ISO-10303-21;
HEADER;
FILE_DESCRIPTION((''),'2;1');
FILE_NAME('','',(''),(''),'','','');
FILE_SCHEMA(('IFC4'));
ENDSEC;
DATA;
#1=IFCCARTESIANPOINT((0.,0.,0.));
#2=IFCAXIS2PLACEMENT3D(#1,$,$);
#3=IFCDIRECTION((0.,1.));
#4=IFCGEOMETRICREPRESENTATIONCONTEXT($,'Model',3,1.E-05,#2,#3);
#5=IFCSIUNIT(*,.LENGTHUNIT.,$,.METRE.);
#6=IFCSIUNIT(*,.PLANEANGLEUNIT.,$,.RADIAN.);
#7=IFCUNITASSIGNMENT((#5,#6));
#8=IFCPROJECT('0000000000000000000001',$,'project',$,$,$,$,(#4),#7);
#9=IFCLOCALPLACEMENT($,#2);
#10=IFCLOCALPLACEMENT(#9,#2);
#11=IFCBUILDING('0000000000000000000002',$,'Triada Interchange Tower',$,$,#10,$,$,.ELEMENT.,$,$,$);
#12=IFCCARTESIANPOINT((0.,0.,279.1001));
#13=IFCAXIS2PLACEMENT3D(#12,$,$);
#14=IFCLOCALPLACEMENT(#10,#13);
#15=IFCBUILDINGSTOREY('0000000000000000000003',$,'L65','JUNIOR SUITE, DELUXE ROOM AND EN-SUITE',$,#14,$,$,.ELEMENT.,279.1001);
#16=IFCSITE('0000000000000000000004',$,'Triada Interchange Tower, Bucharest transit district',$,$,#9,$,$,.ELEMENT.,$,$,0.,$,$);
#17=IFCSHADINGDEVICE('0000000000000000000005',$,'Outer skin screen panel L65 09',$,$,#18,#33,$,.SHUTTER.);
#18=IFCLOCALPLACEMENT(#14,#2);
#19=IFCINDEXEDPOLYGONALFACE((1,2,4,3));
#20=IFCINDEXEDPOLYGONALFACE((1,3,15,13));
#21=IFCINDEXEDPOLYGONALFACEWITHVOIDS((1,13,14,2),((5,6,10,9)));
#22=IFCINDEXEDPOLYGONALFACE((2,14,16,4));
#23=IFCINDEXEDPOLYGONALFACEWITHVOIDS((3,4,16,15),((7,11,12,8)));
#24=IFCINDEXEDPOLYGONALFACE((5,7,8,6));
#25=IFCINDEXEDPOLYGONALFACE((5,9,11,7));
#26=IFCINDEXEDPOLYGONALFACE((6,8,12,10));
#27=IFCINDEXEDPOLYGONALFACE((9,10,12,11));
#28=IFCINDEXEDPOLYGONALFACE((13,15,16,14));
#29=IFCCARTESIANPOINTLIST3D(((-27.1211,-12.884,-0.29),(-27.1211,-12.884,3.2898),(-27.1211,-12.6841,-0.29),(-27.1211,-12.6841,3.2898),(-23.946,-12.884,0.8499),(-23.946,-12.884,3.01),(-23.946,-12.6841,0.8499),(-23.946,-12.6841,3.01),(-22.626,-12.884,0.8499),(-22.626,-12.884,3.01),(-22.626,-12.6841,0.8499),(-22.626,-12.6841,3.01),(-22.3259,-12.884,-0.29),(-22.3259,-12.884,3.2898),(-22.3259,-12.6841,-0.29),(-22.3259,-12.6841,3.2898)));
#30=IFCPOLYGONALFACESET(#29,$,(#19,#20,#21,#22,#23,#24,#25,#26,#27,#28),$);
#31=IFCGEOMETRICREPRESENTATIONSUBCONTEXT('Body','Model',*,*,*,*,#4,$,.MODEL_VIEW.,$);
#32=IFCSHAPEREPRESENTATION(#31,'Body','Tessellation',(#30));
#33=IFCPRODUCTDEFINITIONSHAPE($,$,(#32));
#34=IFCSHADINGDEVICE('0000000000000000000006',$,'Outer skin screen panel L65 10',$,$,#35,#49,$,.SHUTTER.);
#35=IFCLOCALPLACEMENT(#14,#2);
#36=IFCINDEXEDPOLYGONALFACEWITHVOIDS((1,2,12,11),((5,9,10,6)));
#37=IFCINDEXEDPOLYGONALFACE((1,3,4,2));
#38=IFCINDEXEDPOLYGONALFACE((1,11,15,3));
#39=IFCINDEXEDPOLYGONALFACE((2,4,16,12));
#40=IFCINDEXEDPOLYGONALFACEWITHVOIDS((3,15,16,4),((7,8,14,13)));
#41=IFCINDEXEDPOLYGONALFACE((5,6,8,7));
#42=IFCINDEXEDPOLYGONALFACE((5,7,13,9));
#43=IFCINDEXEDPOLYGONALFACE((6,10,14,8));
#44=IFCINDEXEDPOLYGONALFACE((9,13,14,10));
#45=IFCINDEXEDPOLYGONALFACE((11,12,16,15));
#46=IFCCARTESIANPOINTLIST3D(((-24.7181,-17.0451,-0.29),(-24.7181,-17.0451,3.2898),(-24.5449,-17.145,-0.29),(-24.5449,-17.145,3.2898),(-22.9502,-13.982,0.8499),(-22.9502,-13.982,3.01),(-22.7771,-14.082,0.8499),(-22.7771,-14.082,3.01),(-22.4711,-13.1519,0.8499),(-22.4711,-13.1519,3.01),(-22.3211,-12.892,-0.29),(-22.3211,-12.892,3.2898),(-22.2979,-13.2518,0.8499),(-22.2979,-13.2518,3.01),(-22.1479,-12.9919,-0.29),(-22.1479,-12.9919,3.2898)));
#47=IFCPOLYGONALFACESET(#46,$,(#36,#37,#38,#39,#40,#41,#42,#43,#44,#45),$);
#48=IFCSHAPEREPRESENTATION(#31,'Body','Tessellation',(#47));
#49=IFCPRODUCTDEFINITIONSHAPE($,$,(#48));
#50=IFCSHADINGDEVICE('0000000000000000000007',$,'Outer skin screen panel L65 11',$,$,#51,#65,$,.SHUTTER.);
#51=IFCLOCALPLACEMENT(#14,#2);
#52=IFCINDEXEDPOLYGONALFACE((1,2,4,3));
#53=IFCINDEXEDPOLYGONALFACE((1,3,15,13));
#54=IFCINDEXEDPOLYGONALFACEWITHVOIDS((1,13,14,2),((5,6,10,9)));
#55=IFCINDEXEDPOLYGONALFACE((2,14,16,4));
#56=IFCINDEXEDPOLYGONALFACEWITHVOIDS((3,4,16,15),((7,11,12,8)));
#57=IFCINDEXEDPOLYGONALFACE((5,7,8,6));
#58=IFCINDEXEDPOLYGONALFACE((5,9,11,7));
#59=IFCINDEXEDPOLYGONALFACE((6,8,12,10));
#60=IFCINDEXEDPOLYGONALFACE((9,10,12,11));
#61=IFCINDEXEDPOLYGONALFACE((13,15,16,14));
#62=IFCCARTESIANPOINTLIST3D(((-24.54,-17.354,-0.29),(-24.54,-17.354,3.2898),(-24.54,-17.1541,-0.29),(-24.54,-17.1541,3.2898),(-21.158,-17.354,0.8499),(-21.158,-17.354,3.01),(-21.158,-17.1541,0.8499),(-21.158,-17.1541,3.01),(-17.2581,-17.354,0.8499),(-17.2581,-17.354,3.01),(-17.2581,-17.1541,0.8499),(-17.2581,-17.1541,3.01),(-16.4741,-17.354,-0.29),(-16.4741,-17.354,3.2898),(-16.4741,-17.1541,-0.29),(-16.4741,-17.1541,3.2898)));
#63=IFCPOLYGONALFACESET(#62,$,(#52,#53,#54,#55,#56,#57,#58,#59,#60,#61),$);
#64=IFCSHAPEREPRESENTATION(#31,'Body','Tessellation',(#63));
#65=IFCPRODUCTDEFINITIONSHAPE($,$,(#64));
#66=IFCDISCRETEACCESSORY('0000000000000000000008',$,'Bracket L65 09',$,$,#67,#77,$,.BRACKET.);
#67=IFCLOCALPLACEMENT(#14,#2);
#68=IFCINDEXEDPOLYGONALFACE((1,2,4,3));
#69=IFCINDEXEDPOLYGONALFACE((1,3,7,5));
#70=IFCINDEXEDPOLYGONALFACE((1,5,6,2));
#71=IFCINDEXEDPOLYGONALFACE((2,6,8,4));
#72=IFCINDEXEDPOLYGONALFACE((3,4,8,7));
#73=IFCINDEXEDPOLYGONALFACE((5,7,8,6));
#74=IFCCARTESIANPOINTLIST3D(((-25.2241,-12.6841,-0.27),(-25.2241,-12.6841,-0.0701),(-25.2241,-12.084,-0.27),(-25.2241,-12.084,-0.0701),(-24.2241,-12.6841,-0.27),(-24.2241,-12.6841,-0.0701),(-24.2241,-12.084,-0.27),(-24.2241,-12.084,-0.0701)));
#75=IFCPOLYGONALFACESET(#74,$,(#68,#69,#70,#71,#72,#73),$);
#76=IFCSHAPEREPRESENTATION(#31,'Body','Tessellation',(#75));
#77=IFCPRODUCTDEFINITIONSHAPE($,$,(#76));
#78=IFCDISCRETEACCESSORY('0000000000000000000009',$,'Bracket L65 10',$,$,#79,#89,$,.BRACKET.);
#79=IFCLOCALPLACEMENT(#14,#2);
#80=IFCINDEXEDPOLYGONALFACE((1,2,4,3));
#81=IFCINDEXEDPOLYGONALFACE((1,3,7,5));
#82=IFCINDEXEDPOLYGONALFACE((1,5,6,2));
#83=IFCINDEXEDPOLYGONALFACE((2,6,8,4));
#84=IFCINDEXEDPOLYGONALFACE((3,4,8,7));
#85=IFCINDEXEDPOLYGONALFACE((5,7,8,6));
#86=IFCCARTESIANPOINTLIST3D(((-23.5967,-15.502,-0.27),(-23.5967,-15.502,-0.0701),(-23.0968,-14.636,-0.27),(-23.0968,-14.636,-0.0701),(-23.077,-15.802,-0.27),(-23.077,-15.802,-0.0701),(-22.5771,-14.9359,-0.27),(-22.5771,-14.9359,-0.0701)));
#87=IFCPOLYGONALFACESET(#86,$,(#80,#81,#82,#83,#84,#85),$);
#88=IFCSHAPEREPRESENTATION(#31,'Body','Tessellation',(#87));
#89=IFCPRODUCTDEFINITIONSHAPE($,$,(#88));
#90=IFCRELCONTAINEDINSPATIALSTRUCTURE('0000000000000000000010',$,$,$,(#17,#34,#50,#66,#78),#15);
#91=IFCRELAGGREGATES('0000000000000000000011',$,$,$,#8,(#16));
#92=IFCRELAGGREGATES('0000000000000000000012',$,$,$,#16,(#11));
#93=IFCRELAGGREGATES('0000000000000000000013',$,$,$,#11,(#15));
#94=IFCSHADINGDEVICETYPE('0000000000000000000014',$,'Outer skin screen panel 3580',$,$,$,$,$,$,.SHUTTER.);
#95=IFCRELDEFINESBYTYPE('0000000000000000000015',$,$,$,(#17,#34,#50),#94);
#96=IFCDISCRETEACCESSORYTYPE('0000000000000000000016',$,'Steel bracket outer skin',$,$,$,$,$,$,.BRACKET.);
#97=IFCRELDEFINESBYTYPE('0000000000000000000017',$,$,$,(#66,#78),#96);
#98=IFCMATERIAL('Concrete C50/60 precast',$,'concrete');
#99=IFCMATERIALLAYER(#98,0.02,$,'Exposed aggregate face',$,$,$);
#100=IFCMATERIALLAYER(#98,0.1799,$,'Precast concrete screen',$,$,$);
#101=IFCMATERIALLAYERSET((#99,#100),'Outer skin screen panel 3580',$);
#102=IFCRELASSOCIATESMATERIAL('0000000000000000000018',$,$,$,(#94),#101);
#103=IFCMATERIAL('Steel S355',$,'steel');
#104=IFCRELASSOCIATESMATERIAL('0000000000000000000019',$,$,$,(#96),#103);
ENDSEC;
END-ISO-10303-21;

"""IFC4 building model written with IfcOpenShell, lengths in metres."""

from ifc_helpers import new_model, si_unit, direction, frame, origin, origin_2d, place, context, subcontext, project, spatial, polyline, rectangle, outline, extrude, material, layer, layer_set, type_object, element, save


model = new_model("IFC4")

# Units and contexts
model_context = context("Model", 3, precision=1e-05, world=origin(), true_north=direction((0.0, 1.0)))
body_context = subcontext(model_context, "Body", "Model", "MODEL_VIEW")
ifc_project = project(units=[si_unit("LENGTHUNIT", "METRE"), si_unit("PLANEANGLEUNIT", "RADIAN")], contexts=[model_context])

# Site, building, storey
site_placement = place(None, origin())
site = spatial("IfcSite", under=ifc_project, at=site_placement, Name="Triada Interchange Tower, Bucharest transit district", CompositionType="ELEMENT", RefElevation=0.0)
building_placement = place(site_placement, origin())
building = spatial("IfcBuilding", under=site, at=building_placement, Name="Triada Interchange Tower", CompositionType="ELEMENT")
storey_placement = place(building_placement, frame((0.0, 0.0, 279.1001)))
storey = spatial("IfcBuildingStorey", under=building, at=storey_placement, Name="L65", Description="JUNIOR SUITE, DELUXE ROOM AND EN-SUITE", CompositionType="ELEMENT", Elevation=279.1001)

# Shading devices
ifc_material_1 = material(Name="Concrete C50/60 precast", Category="concrete")
ifc_layer_1 = layer(ifc_material_1, 0.02, Name="Exposed aggregate face")
ifc_layer_2 = layer(ifc_material_1, 0.1799, Name="Precast concrete screen")
ifc_layer_set_1 = layer_set([ifc_layer_1, ifc_layer_2], Name="Outer skin screen panel 3580")
shading_device_type = type_object("IfcShadingDeviceType", Name="Outer skin screen panel 3580", PredefinedType="SHUTTER", material=ifc_layer_set_1)
shading_device_1_placement = place(storey_placement, frame((-27.1211, -12.6841, -0.29), z_axis=(0.0, 0.0, 1.0), x_axis=(1.0, 0.0, 0.0)))
element("IfcShadingDevice", 1, at=shading_device_1_placement, inside=storey, type_object=shading_device_type, Name="Outer skin screen panel L65 09", PredefinedType="SHUTTER", context=body_context, shape_type="SweptSolid", body=[
    extrude(outline(polyline([(0.0, 0.0), (4.7952, 0.0), (4.7952, 3.5798), (0.0, 3.5798), (0.0, 0.0)]), holes=[polyline([(3.175, 1.1399), (3.175, 3.3), (4.4951, 3.3), (4.4951, 1.1399), (3.175, 1.1399)])]), frame((0.0, 0.0, 0.0), z_axis=(0.0, -1.0, 0.0), x_axis=(1.0, 0.0, 0.0)), (0.0, 0.0, 1.0), 0.2),
])
shading_device_2_placement = place(storey_placement, frame((-22.1479, -12.9919, -0.29), z_axis=(0.0, 0.0, 1.0), x_axis=(-0.499874, -0.866098, 0.0)))
element("IfcShadingDevice", 2, at=shading_device_2_placement, inside=storey, type_object=shading_device_type, Name="Outer skin screen panel L65 10", PredefinedType="SHUTTER", context=body_context, shape_type="SweptSolid", body=[
    extrude(outline(polyline([(0.0, 0.0), (4.7952, 0.0), (4.7952, 3.5798), (0.0, 3.5798), (0.0, 0.0)]), holes=[polyline([(0.3, 1.1399), (0.3, 3.3), (1.2585, 3.3), (1.2585, 1.1399), (0.3, 1.1399)])]), frame((0.0, 0.0, 0.0), z_axis=(0.0, -1.0, 0.0), x_axis=(1.0, 0.0, 0.0)), (0.0, 0.0, 1.0), 0.2),
])
shading_device_3_placement = place(storey_placement, frame((-24.54, -17.1541, -0.29), z_axis=(0.0, 0.0, 1.0), x_axis=(1.0, 0.0, 0.0)))
element("IfcShadingDevice", 3, at=shading_device_3_placement, inside=storey, type_object=shading_device_type, Name="Outer skin screen panel L65 11", PredefinedType="SHUTTER", context=body_context, shape_type="SweptSolid", body=[
    extrude(outline(polyline([(0.0, 0.0), (8.0659, 0.0), (8.0659, 3.5798), (0.0, 3.5798), (0.0, 0.0)]), holes=[polyline([(3.3821, 1.1399), (3.3821, 3.3), (7.282, 3.3), (7.282, 1.1399), (3.3821, 1.1399)])]), frame((0.0, 0.0, 0.0), z_axis=(0.0, -1.0, 0.0), x_axis=(1.0, 0.0, 0.0)), (0.0, 0.0, 1.0), 0.2),
])

# Discrete accessories
ifc_material_2 = material(Name="Steel S355", Category="steel")
discrete_accessory_type = type_object("IfcDiscreteAccessoryType", Name="Steel bracket outer skin", PredefinedType="BRACKET", material=ifc_material_2)
for number, where, z_axis, x_axis, name in (
    (4, (-24.7241, -12.384, -0.27), (0.0, 0.0, 1.0), (0.0, -1.0, 0.0), "Bracket L65 09"),
    (5, (-23.0869, -15.219, -0.27), (0.0, 0.0, 1.0), (-0.866089, 0.49989, 0.0), "Bracket L65 10"),
):
    element("IfcDiscreteAccessory", number, at=place(storey_placement, frame(where, z_axis=z_axis, x_axis=x_axis)), inside=storey, type_object=discrete_accessory_type, Name=name, PredefinedType="BRACKET", context=body_context, shape_type="SweptSolid", body=[
        extrude(rectangle(XDim=0.6001, YDim=1.0, at=origin_2d()), origin(), (0.0, 0.0, 1.0), 0.2),
    ])

save(model, "model.ifc")
